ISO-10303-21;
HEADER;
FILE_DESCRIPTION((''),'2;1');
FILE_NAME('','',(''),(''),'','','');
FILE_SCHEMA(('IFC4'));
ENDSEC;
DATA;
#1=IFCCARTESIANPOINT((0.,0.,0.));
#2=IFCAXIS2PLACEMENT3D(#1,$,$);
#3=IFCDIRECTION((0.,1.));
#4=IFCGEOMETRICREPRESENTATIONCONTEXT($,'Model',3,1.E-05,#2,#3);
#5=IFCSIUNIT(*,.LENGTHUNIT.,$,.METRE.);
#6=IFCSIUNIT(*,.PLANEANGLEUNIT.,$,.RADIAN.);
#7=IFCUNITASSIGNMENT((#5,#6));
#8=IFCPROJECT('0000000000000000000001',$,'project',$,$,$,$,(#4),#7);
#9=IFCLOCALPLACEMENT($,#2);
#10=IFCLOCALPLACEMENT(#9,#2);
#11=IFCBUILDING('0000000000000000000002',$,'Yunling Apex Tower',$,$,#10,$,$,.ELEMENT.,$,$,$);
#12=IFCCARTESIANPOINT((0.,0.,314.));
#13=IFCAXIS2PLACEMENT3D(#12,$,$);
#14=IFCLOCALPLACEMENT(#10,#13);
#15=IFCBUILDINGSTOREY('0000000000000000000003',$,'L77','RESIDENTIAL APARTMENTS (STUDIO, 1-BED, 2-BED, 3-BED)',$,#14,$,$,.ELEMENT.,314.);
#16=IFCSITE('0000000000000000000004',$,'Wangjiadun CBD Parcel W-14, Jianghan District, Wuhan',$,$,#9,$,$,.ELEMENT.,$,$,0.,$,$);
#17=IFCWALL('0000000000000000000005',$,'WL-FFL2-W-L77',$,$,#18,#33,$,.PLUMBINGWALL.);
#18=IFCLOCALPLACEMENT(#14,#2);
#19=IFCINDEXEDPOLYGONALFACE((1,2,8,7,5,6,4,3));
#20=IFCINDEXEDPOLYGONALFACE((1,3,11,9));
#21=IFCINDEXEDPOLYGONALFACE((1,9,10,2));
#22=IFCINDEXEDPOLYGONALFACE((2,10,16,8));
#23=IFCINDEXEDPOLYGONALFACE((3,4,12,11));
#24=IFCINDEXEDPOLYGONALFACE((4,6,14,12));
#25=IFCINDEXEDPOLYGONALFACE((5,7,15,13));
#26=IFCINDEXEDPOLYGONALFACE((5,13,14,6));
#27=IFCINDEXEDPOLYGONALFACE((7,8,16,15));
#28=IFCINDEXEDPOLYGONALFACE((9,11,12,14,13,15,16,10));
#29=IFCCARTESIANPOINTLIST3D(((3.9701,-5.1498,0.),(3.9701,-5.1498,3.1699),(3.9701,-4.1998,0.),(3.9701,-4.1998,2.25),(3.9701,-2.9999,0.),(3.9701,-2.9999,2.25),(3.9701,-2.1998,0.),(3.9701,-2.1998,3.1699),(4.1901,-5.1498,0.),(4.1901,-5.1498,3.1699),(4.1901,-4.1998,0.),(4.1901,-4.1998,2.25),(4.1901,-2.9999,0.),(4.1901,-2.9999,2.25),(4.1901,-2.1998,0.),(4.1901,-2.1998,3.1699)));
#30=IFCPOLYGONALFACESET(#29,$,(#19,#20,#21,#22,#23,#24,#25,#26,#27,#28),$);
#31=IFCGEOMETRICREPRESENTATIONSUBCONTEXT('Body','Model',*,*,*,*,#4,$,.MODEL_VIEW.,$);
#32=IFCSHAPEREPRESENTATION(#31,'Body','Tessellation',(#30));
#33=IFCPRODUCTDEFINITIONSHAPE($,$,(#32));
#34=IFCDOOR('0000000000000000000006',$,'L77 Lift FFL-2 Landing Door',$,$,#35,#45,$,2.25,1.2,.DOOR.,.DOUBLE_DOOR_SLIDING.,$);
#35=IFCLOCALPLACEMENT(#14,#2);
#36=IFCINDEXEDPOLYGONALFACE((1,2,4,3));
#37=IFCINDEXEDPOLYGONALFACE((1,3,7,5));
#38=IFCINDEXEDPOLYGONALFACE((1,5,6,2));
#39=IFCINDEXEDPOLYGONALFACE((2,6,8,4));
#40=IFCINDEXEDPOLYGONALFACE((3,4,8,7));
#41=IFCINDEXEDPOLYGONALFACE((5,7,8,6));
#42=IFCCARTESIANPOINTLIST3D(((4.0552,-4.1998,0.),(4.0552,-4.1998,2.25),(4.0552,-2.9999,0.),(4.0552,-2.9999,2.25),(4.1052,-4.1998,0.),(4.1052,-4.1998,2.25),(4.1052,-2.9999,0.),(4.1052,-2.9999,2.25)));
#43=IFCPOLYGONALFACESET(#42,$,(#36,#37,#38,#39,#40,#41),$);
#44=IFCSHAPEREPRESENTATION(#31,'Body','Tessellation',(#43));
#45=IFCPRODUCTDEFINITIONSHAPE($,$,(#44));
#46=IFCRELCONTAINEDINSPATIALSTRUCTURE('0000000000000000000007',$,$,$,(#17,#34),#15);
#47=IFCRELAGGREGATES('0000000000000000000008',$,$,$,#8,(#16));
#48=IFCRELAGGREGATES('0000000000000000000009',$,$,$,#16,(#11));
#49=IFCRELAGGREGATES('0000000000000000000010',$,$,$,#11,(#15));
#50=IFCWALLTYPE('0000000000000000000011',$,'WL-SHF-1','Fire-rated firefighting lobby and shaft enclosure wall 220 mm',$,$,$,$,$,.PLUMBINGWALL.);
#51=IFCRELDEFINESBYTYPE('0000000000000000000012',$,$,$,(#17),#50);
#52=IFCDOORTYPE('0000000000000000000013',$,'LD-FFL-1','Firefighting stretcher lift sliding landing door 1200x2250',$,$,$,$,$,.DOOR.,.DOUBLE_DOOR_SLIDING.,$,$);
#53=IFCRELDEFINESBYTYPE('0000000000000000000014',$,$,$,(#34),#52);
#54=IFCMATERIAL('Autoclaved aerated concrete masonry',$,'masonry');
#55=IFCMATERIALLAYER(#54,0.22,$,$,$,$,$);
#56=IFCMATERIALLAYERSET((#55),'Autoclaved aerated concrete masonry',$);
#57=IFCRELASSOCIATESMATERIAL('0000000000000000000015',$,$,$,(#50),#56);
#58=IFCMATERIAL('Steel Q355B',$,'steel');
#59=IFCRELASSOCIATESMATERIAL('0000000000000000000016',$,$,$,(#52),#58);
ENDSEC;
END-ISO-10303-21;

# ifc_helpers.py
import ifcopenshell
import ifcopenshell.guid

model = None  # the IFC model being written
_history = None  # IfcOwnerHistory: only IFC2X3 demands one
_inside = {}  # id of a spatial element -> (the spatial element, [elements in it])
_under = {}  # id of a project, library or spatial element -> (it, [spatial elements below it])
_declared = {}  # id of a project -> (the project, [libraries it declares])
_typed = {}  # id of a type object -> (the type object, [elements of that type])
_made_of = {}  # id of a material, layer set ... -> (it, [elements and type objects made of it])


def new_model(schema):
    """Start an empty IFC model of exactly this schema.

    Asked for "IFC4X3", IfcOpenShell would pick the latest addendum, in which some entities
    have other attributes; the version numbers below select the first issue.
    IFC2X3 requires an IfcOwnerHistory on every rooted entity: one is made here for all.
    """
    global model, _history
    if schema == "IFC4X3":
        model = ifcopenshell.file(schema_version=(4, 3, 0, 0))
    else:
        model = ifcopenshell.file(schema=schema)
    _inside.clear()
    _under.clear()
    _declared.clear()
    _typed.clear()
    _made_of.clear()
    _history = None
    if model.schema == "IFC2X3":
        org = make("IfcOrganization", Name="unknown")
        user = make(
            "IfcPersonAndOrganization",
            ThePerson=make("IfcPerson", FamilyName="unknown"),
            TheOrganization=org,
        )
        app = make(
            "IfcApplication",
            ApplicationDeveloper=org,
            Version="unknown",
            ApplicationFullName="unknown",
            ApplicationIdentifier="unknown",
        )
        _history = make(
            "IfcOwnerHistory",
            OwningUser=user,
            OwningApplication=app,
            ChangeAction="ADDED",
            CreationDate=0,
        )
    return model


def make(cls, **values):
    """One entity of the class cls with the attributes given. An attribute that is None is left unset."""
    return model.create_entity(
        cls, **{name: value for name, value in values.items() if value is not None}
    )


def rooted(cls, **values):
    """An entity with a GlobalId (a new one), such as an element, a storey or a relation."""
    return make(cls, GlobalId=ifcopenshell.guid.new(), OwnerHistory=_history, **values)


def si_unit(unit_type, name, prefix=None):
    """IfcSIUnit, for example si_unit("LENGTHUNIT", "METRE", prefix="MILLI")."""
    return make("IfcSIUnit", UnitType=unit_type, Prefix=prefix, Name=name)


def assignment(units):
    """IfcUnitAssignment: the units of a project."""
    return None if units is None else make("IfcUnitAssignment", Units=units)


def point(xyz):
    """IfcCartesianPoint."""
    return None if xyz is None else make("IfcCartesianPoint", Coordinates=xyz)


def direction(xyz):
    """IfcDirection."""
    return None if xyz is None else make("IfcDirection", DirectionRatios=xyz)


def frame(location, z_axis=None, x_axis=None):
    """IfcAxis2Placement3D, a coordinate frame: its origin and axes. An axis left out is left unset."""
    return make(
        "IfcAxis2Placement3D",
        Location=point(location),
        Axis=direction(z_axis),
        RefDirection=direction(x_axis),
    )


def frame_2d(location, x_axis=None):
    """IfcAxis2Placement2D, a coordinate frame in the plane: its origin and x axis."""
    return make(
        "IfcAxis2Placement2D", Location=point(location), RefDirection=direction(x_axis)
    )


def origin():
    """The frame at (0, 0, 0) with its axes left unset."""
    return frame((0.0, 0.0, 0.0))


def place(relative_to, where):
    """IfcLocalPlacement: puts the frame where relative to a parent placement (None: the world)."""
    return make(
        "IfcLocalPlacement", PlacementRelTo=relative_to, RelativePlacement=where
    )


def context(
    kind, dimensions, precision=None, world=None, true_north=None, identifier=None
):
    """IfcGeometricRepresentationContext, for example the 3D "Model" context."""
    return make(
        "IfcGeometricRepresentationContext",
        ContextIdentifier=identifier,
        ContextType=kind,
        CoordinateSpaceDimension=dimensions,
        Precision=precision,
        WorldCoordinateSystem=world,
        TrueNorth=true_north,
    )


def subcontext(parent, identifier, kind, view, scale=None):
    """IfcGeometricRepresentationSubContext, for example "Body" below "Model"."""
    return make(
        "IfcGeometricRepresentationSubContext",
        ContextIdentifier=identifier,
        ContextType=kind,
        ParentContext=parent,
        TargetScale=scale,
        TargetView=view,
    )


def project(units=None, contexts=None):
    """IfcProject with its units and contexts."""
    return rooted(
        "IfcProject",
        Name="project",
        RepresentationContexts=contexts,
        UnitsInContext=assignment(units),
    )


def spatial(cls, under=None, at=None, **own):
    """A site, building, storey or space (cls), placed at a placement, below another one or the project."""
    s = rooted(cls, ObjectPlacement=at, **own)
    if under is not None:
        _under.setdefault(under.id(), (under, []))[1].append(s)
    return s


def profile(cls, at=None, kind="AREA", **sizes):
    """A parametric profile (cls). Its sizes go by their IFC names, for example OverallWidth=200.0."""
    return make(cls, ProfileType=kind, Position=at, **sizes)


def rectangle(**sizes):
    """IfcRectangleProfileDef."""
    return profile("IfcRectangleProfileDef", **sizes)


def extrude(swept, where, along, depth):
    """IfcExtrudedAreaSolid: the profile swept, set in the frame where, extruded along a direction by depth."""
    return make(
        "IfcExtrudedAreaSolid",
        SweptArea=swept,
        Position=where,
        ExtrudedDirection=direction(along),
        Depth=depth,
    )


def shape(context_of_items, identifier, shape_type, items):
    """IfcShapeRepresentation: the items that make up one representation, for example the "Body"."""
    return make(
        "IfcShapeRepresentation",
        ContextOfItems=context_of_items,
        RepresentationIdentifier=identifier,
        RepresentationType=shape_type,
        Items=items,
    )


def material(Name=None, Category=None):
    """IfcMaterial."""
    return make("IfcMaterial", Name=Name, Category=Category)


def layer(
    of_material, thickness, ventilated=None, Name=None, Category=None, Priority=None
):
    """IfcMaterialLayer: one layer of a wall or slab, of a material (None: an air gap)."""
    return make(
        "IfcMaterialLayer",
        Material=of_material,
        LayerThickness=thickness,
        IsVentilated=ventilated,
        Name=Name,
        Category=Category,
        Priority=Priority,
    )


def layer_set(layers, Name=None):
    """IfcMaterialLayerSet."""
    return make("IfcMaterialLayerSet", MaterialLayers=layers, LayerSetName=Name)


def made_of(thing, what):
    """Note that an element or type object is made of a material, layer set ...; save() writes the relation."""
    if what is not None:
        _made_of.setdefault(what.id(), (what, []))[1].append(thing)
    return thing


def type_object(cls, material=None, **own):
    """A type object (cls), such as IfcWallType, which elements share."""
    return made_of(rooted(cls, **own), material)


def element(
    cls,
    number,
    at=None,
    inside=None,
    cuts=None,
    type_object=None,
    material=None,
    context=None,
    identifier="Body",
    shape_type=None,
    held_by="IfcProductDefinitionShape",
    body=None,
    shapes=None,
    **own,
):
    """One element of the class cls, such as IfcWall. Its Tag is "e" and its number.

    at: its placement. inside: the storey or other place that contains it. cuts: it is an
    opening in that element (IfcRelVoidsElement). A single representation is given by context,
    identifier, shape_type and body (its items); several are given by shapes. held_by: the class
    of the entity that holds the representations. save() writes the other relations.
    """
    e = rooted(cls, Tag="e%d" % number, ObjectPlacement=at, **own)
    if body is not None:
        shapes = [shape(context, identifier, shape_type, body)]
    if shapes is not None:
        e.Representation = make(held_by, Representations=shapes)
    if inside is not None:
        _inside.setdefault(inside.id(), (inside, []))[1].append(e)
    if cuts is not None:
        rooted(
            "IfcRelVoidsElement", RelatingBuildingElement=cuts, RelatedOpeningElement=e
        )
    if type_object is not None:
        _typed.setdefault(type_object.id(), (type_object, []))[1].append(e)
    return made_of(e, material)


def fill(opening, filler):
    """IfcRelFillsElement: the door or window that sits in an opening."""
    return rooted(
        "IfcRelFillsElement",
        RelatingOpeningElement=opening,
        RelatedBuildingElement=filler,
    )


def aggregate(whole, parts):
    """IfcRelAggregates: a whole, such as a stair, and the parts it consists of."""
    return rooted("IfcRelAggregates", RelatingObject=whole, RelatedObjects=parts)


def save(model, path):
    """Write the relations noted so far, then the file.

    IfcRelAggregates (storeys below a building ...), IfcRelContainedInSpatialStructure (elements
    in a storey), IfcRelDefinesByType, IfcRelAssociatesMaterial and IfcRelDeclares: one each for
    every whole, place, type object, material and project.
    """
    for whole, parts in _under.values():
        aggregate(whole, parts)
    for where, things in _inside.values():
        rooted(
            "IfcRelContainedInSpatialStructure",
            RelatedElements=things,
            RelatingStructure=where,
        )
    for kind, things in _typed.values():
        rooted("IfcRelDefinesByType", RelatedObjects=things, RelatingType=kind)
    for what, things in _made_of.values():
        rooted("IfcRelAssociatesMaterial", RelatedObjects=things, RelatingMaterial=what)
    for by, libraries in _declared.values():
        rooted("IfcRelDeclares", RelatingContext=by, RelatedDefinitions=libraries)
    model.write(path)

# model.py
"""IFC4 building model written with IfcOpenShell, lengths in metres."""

from ifc_helpers import new_model, si_unit, direction, frame, frame_2d, origin, place, context, subcontext, project, spatial, rectangle, extrude, material, layer, layer_set, type_object, element, fill, save


model = new_model("IFC4")

# Units and contexts
model_context = context("Model", 3, precision=1e-05, world=origin(), true_north=direction((0.0, 1.0)))
body_context = subcontext(model_context, "Body", "Model", "MODEL_VIEW")
ifc_project = project(units=[si_unit("LENGTHUNIT", "METRE"), si_unit("PLANEANGLEUNIT", "RADIAN")], contexts=[model_context])

# Site, building, storey
site_placement = place(None, origin())
site = spatial("IfcSite", under=ifc_project, at=site_placement, Name="Wangjiadun CBD Parcel W-14, Jianghan District, Wuhan", CompositionType="ELEMENT", RefElevation=0.0)
building_placement = place(site_placement, origin())
building = spatial("IfcBuilding", under=site, at=building_placement, Name="Yunling Apex Tower", CompositionType="ELEMENT")
storey_placement = place(building_placement, frame((0.0, 0.0, 314.0)))
storey = spatial("IfcBuildingStorey", under=building, at=storey_placement, Name="L77", Description="RESIDENTIAL APARTMENTS (STUDIO, 1-BED, 2-BED, 3-BED)", CompositionType="ELEMENT", Elevation=314.0)

# Shared definitions
ifc_material_1 = material(Name="Steel Q355B", Category="steel")

# Wall, opening, door
ifc_material_2 = material(Name="Autoclaved aerated concrete masonry", Category="masonry")
ifc_layer_1 = layer(ifc_material_2, 0.22)
ifc_layer_set_1 = layer_set([ifc_layer_1], Name="Autoclaved aerated concrete masonry")
wall_type_1 = type_object("IfcWallType", Name="WL-SHF-1", Description="Fire-rated firefighting lobby and shaft enclosure wall 220 mm", PredefinedType="PLUMBINGWALL", material=ifc_layer_set_1)
wall_1_placement = place(storey_placement, frame((4.0801, -5.1499, 0.0), z_axis=(0.0, 0.0, 1.0), x_axis=(0.0, 1.0, 0.0)))
wall_1 = element("IfcWall", 1, at=wall_1_placement, inside=storey, type_object=wall_type_1, Name="WL-FFL2-W-L77", PredefinedType="PLUMBINGWALL", context=body_context, shape_type="SweptSolid", body=[
    extrude(rectangle(XDim=2.95, YDim=0.22, at=frame_2d((1.4751, 0.0))), origin(), (0.0, 0.0, 1.0), 3.1699),
])
opening_placement = place(wall_1_placement, frame((0.95, 0.0, 0.0)))
opening = element("IfcOpeningElement", 2, at=opening_placement, cuts=wall_1, PredefinedType="OPENING", context=body_context, shape_type="SweptSolid", body=[
    extrude(rectangle(XDim=1.2, YDim=2.25, at=frame_2d((0.6001, 1.125))), frame((0.0, 0.1201, 0.0), z_axis=(0.0, -1.0, 0.0), x_axis=(1.0, 0.0, 0.0)), (0.0, 0.0, 1.0), 0.24),
])
door_type = type_object("IfcDoorType", Name="LD-FFL-1", Description="Firefighting stretcher lift sliding landing door 1200x2250", OperationType="DOUBLE_DOOR_SLIDING", PredefinedType="DOOR", material=ifc_material_1)
door_placement = place(opening_placement, origin())
door = element("IfcDoor", 3, at=door_placement, inside=storey, type_object=door_type, Name="L77 Lift FFL-2 Landing Door", OperationType="DOUBLE_DOOR_SLIDING", OverallHeight=2.25, OverallWidth=1.2, PredefinedType="DOOR", context=body_context, shape_type="SweptSolid", body=[
    extrude(rectangle(XDim=1.2, YDim=2.25, at=frame_2d((0.6001, 1.125))), frame((0.0, 0.0249, 0.0), z_axis=(0.0, -1.0, 0.0), x_axis=(1.0, 0.0, 0.0)), (0.0, 0.0, 1.0), 0.05),
])
fill(opening, door)

save(model, "model.ifc")
